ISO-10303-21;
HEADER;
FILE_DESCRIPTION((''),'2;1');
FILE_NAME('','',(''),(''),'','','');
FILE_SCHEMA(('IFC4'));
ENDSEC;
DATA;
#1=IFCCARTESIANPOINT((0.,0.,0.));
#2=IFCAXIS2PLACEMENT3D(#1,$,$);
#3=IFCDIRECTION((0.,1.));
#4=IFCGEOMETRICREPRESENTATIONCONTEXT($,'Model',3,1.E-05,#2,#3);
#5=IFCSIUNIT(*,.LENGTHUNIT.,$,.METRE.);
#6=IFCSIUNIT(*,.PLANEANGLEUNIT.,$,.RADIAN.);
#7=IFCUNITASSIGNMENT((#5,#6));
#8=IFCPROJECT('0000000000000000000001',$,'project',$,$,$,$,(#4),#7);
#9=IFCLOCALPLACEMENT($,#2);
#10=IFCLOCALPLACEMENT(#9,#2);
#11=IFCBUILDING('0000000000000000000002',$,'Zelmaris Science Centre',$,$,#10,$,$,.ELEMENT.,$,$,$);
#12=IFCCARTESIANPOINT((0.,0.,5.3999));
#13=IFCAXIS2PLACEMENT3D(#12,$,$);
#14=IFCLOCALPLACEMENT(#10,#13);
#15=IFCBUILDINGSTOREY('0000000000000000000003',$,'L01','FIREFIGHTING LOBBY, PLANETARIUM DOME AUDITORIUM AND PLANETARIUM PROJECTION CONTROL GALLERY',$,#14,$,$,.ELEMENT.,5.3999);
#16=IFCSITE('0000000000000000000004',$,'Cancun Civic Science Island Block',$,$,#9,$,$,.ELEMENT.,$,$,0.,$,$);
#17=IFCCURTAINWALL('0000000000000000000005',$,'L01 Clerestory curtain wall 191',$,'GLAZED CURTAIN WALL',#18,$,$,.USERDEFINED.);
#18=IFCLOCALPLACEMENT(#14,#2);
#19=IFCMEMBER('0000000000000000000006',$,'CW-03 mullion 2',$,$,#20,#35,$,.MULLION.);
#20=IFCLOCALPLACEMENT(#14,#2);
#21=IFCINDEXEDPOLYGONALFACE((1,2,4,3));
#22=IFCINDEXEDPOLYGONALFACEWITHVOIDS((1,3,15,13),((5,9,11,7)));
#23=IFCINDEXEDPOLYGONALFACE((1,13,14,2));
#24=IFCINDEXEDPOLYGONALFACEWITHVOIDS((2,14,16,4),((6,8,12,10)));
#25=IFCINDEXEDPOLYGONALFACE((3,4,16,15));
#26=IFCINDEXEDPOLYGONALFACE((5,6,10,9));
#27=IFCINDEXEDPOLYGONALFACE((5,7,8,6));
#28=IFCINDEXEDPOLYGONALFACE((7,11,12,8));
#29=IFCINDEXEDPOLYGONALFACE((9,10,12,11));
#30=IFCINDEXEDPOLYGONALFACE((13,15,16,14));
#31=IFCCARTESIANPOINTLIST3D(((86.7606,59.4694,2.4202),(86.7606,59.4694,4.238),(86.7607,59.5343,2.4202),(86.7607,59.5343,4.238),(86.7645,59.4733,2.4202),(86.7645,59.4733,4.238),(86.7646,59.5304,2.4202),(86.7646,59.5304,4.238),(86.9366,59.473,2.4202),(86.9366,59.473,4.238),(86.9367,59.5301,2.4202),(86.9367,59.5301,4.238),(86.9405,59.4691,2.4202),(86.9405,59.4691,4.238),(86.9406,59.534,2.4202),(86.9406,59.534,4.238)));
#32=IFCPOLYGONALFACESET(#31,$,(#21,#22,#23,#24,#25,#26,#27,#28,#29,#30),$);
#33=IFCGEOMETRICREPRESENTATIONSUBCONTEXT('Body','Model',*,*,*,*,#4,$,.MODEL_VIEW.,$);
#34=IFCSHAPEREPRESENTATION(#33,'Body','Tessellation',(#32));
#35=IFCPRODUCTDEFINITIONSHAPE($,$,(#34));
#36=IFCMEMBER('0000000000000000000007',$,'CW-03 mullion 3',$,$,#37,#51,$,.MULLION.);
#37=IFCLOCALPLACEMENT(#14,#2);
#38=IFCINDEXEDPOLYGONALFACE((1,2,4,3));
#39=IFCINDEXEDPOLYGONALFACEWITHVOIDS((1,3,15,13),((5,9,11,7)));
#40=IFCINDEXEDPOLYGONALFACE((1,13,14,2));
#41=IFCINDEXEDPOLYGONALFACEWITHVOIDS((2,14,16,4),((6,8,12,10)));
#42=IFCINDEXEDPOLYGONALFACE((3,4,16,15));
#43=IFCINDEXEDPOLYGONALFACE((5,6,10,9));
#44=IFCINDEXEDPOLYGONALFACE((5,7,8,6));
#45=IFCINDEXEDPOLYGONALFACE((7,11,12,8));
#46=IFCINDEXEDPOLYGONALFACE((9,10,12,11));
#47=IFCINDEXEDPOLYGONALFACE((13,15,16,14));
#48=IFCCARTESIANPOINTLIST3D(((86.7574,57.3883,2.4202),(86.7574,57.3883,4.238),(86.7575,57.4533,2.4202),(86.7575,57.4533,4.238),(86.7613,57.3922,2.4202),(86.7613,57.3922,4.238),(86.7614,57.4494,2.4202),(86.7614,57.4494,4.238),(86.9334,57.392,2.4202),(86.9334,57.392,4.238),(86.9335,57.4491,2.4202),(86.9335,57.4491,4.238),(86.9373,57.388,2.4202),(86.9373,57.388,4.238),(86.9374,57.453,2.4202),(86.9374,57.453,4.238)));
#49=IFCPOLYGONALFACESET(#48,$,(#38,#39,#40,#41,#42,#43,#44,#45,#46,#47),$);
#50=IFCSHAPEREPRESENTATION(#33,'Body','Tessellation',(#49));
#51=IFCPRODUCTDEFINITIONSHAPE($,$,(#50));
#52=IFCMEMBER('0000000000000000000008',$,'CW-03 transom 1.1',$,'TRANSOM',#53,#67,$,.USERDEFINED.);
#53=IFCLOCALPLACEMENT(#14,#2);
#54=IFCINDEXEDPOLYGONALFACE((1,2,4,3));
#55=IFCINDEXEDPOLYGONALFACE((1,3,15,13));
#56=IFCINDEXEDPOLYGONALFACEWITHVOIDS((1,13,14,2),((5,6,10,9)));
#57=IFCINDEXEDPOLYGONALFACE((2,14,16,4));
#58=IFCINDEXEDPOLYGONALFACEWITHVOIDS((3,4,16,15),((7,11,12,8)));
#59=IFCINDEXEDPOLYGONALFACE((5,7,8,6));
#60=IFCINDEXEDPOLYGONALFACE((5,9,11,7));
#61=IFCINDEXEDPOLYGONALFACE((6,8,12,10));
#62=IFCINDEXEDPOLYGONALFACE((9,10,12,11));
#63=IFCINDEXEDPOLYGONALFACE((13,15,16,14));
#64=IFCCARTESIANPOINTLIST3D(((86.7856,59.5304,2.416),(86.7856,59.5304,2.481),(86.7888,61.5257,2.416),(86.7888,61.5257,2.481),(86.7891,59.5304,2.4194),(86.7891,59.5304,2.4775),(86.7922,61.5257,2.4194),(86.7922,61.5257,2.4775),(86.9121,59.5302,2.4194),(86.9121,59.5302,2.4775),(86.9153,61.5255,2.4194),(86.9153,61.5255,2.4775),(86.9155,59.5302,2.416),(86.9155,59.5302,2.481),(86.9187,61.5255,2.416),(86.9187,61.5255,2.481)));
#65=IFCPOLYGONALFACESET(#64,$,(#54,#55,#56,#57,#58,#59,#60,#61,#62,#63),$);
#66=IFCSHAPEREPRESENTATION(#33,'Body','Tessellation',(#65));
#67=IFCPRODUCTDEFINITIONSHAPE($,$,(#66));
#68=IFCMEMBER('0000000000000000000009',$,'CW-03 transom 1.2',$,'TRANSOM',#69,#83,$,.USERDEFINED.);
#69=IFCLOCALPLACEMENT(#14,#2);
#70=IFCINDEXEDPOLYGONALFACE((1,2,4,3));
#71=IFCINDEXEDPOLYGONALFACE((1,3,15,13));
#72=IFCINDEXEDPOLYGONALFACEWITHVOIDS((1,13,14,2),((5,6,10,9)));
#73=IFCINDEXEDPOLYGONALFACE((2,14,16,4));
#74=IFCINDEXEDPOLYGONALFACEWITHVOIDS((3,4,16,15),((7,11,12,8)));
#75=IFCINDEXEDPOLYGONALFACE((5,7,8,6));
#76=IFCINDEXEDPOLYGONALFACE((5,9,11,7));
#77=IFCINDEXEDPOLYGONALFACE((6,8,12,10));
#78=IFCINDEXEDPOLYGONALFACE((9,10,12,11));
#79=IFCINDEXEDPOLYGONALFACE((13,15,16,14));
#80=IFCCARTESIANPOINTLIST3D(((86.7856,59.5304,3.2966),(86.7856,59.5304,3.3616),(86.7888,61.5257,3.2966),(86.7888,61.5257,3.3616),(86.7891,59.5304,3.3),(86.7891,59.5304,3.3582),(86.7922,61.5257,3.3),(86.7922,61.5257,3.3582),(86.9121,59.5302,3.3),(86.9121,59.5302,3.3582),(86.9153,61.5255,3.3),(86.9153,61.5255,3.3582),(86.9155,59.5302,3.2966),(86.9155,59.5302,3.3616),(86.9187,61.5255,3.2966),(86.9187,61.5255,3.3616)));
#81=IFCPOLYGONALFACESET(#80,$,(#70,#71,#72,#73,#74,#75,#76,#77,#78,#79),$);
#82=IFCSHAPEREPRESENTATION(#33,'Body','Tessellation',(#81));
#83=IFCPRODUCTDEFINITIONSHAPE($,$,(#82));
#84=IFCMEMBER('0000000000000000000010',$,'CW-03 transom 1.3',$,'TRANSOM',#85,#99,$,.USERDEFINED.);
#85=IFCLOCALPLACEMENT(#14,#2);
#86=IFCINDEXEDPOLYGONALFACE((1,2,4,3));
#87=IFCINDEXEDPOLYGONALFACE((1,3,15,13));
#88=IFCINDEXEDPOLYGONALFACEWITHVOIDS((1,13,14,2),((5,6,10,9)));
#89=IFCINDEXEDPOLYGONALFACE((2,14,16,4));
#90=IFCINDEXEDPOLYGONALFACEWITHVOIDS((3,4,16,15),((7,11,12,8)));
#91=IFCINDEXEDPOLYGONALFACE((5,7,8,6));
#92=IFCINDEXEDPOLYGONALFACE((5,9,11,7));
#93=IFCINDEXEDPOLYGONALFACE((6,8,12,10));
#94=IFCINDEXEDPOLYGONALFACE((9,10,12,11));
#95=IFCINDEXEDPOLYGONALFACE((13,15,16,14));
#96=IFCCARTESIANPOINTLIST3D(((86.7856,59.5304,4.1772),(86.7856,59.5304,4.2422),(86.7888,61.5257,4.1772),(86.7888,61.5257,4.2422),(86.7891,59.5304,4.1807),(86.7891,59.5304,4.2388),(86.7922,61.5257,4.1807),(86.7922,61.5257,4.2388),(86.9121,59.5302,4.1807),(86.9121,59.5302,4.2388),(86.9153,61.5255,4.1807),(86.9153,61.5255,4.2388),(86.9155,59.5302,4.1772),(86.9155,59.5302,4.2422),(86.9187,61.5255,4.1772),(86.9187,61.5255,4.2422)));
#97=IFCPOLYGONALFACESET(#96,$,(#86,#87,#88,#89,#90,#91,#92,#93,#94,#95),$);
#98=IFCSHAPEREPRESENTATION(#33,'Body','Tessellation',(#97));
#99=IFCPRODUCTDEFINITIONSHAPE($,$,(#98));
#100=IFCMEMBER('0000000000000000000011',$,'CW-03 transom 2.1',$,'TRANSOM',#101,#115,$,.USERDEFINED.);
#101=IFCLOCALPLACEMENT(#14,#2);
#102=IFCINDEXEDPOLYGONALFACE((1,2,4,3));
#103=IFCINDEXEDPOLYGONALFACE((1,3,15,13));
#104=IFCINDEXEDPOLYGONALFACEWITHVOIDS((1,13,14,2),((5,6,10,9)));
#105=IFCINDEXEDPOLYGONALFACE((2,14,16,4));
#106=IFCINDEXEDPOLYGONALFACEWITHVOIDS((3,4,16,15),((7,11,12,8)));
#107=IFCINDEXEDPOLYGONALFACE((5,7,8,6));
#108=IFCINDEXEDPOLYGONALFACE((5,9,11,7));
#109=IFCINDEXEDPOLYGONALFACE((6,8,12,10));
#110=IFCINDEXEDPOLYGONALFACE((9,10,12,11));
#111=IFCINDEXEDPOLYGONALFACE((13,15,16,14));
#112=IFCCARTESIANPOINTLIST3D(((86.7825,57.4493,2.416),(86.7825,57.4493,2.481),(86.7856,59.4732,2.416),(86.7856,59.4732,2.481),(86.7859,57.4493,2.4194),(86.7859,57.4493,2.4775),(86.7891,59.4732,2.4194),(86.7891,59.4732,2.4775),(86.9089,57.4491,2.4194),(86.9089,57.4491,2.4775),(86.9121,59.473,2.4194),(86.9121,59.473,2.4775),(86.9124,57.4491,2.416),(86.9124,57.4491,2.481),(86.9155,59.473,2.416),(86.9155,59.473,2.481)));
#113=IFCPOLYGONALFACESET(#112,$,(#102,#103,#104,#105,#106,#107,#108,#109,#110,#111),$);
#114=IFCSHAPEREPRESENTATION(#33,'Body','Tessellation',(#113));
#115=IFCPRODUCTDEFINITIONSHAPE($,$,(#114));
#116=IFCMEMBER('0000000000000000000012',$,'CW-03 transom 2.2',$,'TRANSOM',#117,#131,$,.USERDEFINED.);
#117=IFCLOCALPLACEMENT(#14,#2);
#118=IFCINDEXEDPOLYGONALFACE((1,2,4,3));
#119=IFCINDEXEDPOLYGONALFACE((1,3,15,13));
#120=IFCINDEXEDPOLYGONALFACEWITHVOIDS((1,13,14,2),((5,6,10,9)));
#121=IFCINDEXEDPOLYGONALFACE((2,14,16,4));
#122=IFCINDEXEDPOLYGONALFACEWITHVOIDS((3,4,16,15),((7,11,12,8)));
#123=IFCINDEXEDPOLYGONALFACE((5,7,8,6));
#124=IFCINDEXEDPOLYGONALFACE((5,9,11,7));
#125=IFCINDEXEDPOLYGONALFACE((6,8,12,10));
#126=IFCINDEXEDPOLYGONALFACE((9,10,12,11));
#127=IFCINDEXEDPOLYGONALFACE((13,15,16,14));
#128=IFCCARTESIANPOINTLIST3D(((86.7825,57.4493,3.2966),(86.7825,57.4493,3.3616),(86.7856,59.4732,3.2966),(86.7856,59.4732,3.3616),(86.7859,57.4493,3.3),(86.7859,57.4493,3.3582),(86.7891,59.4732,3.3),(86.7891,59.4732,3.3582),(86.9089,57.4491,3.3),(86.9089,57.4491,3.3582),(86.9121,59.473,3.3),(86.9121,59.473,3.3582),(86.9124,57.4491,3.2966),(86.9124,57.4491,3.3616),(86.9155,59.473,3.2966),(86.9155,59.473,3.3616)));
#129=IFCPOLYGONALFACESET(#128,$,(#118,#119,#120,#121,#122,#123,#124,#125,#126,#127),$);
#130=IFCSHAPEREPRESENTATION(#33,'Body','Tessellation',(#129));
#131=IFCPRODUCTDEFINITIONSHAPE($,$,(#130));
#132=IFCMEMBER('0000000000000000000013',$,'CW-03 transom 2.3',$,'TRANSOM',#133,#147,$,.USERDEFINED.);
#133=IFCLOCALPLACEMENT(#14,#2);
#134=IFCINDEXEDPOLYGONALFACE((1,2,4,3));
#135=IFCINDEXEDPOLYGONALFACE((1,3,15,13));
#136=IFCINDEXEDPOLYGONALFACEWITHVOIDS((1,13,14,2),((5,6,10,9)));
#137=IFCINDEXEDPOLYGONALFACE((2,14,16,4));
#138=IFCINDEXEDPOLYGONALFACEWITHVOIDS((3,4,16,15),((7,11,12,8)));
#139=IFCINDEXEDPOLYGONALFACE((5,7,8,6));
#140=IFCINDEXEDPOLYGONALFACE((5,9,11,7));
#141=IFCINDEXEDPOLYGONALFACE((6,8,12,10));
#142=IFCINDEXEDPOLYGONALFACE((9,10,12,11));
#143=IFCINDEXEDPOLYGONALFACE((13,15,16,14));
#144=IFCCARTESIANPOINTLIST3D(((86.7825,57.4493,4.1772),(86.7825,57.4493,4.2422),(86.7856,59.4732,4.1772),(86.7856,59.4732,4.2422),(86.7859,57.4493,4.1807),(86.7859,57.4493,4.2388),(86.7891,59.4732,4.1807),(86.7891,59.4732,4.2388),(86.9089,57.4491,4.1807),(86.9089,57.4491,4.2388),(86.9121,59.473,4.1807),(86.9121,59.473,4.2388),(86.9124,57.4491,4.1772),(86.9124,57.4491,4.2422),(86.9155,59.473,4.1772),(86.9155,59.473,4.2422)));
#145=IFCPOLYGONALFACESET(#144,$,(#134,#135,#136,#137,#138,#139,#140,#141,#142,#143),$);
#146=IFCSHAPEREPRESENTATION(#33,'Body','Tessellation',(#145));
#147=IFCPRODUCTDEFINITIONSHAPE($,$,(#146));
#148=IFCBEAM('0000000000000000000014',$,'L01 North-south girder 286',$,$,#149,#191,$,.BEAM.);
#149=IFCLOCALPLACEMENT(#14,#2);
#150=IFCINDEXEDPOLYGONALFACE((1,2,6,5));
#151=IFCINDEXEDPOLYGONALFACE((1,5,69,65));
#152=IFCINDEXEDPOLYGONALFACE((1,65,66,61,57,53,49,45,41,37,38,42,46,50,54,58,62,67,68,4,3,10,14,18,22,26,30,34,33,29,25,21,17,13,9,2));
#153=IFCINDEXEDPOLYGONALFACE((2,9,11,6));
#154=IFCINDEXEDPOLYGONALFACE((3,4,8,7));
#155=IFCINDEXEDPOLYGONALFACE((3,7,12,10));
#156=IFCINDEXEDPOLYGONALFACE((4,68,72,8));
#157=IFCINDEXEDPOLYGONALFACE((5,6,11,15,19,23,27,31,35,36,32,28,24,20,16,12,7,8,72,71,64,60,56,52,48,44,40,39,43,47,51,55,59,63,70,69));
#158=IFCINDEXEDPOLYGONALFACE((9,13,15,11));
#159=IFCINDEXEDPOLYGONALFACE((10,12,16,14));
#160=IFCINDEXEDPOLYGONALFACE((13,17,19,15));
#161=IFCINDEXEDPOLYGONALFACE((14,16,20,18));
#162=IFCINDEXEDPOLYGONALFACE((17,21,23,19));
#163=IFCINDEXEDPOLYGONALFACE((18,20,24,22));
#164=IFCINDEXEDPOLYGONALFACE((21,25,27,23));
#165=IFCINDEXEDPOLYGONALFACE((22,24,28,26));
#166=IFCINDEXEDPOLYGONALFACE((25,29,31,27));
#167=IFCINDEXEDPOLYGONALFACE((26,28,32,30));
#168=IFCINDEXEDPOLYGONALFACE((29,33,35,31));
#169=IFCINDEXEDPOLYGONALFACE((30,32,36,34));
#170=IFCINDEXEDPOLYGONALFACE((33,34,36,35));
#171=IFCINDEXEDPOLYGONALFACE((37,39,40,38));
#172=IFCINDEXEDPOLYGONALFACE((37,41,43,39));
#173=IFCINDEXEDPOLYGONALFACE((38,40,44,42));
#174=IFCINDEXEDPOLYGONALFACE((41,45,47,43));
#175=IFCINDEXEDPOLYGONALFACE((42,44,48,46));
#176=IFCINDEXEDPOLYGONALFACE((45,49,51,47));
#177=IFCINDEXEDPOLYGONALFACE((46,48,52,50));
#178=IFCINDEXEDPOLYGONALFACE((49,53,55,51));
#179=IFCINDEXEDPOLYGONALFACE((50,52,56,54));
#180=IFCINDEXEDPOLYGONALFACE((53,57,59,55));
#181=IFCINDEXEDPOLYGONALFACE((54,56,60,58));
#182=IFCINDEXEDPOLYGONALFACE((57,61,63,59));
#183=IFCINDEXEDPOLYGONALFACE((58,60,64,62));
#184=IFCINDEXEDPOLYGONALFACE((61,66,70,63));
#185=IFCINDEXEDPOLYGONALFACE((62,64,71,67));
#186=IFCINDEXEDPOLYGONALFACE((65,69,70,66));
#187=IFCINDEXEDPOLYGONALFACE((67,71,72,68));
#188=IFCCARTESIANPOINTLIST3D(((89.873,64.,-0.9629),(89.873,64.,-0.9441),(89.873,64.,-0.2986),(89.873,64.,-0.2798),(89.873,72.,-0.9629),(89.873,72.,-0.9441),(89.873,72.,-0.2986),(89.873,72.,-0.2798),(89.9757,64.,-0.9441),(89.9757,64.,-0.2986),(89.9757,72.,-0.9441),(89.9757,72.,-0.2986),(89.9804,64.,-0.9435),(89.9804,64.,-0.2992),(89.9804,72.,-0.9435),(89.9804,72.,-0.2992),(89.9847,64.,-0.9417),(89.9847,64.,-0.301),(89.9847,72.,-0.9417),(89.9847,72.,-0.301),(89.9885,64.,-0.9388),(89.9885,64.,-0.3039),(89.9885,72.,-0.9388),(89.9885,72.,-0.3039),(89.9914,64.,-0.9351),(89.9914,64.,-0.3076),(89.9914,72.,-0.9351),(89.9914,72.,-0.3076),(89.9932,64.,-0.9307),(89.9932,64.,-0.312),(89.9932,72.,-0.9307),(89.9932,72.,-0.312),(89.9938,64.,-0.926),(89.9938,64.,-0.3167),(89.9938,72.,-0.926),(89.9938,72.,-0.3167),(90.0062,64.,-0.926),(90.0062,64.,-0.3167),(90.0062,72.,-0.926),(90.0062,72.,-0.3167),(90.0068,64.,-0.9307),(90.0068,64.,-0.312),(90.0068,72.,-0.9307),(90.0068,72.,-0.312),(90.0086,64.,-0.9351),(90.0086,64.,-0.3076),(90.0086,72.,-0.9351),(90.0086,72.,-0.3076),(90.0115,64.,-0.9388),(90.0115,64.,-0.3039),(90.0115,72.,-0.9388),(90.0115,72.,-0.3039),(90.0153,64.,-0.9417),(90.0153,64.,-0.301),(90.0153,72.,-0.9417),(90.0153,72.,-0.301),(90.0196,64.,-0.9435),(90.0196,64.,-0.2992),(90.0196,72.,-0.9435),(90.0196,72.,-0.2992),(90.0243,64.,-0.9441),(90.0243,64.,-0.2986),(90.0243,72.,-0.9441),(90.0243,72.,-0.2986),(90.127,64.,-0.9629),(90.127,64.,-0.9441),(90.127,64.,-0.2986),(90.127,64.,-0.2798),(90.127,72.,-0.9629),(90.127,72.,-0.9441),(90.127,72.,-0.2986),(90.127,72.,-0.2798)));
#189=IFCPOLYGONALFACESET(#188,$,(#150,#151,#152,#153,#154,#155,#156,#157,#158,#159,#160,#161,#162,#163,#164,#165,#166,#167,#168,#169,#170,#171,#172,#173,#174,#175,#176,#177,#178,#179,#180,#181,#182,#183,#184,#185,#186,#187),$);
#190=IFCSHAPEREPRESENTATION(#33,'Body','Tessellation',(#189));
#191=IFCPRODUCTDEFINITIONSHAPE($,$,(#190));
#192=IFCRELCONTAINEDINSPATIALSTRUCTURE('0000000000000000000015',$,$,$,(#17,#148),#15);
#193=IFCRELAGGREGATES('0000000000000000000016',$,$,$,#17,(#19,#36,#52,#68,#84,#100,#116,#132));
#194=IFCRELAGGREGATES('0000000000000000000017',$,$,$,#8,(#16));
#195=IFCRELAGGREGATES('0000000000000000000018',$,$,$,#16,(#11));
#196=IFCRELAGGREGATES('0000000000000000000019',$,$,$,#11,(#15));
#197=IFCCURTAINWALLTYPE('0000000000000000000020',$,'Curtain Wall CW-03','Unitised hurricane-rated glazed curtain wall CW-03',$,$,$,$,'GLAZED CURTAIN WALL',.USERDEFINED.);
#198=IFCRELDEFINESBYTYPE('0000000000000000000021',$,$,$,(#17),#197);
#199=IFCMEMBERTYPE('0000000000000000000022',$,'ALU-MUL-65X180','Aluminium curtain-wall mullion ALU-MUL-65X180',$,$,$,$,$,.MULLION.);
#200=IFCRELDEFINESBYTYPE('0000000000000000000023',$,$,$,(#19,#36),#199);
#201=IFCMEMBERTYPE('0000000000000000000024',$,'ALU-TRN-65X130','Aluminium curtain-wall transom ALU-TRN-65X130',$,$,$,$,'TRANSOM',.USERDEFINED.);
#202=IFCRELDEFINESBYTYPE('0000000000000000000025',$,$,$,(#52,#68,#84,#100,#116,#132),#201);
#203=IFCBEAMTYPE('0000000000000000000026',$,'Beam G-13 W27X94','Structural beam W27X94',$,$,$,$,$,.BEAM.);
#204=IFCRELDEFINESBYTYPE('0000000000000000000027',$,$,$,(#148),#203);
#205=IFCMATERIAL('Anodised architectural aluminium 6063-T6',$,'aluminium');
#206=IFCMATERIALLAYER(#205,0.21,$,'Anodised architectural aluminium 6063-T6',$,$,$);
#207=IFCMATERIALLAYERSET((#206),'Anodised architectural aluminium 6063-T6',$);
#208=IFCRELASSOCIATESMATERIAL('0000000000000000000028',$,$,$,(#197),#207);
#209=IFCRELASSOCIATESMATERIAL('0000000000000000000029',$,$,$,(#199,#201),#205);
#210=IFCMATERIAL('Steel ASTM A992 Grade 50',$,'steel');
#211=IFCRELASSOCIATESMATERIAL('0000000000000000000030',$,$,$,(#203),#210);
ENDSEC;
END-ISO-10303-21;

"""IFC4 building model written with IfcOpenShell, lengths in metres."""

from ifc_helpers import new_model, si_unit, direction, frame, origin, origin_2d, place, context, subcontext, project, spatial, hollow_rectangle, i_section, extrude, material, layer, layer_set, material_profile, profile_set, type_object, element, aggregate, save


model = new_model("IFC4")

# Units and contexts
model_context = context("Model", 3, precision=1e-05, world=origin(), true_north=direction((0.0, 1.0)))
body_context = subcontext(model_context, "Body", "Model", "MODEL_VIEW")
ifc_project = project(units=[si_unit("LENGTHUNIT", "METRE"), si_unit("PLANEANGLEUNIT", "RADIAN")], contexts=[model_context])

# Site, building, storey
site_placement = place(None, origin())
site = spatial("IfcSite", under=ifc_project, at=site_placement, Name="Cancun Civic Science Island Block", CompositionType="ELEMENT", RefElevation=0.0)
building_placement = place(site_placement, origin())
building = spatial("IfcBuilding", under=site, at=building_placement, Name="Zelmaris Science Centre", CompositionType="ELEMENT")
storey_placement = place(building_placement, frame((0.0, 0.0, 5.3999)))
storey = spatial("IfcBuildingStorey", under=building, at=storey_placement, Name="L01", Description="FIREFIGHTING LOBBY, PLANETARIUM DOME AUDITORIUM AND PLANETARIUM PROJECTION CONTROL GALLERY", CompositionType="ELEMENT", Elevation=5.3999)

# Shared definitions
ifc_material_1 = material(Name="Steel ASTM A992 Grade 50", Category="steel")

# Curtain wall, members
ifc_material_2 = material(Name="Anodised architectural aluminium 6063-T6", Category="aluminium")
ifc_layer_1 = layer(ifc_material_2, 0.21, Name="Anodised architectural aluminium 6063-T6")
ifc_layer_set_1 = layer_set([ifc_layer_1], Name="Anodised architectural aluminium 6063-T6")
curtain_wall_type = type_object("IfcCurtainWallType", Name="Curtain Wall CW-03", Description="Unitised hurricane-rated glazed curtain wall CW-03", ElementType="GLAZED CURTAIN WALL", PredefinedType="USERDEFINED", material=ifc_layer_set_1)
curtain_wall_placement = place(storey_placement, origin())
curtain_wall = element("IfcCurtainWall", 1, at=curtain_wall_placement, inside=storey, type_object=curtain_wall_type, Name="L01 Clerestory curtain wall 191", ObjectType="GLAZED CURTAIN WALL", PredefinedType="USERDEFINED")
ifc_material_profile_1 = material_profile(ifc_material_2, hollow_rectangle(XDim=0.0649, YDim=0.1799, WallThickness=0.0039, at=origin_2d()), Name="ALU-MUL-65X180")
ifc_profile_set_1 = profile_set([ifc_material_profile_1], Name="Anodised architectural aluminium 6063-T6")
member_type_1 = type_object("IfcMemberType", Name="ALU-MUL-65X180", Description="Aluminium curtain-wall mullion ALU-MUL-65X180", PredefinedType="MULLION", material=ifc_profile_set_1)
member_1_placement = place(storey_placement, frame((86.8506, 59.5017, 2.4202), z_axis=(0.0, 0.0, 1.0), x_axis=(-0.001566, -0.999999, 0.0)))
member_1 = element("IfcMember", 2, at=member_1_placement, type_object=member_type_1, Name="CW-03 mullion 2", PredefinedType="MULLION", context=body_context, shape_type="SweptSolid", body=[
    extrude(hollow_rectangle(XDim=0.0649, YDim=0.1799, WallThickness=0.0039, at=origin_2d()), origin(), (0.0, 0.0, 1.0), 1.8179),
])
member_2_placement = place(storey_placement, frame((86.8474, 57.4207, 2.4202), z_axis=(0.0, 0.0, 1.0), x_axis=(-0.001566, -0.999999, 0.0)))
member_2 = element("IfcMember", 3, at=member_2_placement, type_object=member_type_1, Name="CW-03 mullion 3", PredefinedType="MULLION", context=body_context, shape_type="SweptSolid", body=[
    extrude(hollow_rectangle(XDim=0.0649, YDim=0.1799, WallThickness=0.0039, at=origin_2d()), origin(), (0.0, 0.0, 1.0), 1.8179),
])
ifc_material_profile_2 = material_profile(ifc_material_2, hollow_rectangle(XDim=0.0649, YDim=0.1299, WallThickness=0.0034, at=origin_2d()), Name="ALU-TRN-65X130")
ifc_profile_set_2 = profile_set([ifc_material_profile_2], Name="Anodised architectural aluminium 6063-T6")
member_type_2 = type_object("IfcMemberType", Name="ALU-TRN-65X130", Description="Aluminium curtain-wall transom ALU-TRN-65X130", ElementType="TRANSOM", PredefinedType="USERDEFINED", material=ifc_profile_set_2)
member_3_placement = place(storey_placement, frame((86.8538, 61.5256, 2.4485), z_axis=(-0.001591, -0.999999, 0.0), x_axis=(0.0, 0.0, 1.0)))
member_3 = element("IfcMember", 4, at=member_3_placement, type_object=member_type_2, Name="CW-03 transom 1.1", ObjectType="TRANSOM", PredefinedType="USERDEFINED", context=body_context, shape_type="SweptSolid", body=[
    extrude(hollow_rectangle(XDim=0.0649, YDim=0.1299, WallThickness=0.0034, at=origin_2d()), origin(), (0.0, 0.0, 1.0), 1.9954),
])
member_4_placement = place(storey_placement, frame((86.8538, 61.5256, 3.3291), z_axis=(-0.001591, -0.999999, 0.0), x_axis=(0.0, 0.0, 1.0)))
member_4 = element("IfcMember", 5, at=member_4_placement, type_object=member_type_2, Name="CW-03 transom 1.2", ObjectType="TRANSOM", PredefinedType="USERDEFINED", context=body_context, shape_type="SweptSolid", body=[
    extrude(hollow_rectangle(XDim=0.0649, YDim=0.1299, WallThickness=0.0034, at=origin_2d()), origin(), (0.0, 0.0, 1.0), 1.9954),
])
member_5_placement = place(storey_placement, frame((86.8538, 61.5256, 4.2097), z_axis=(-0.001591, -0.999999, 0.0), x_axis=(0.0, 0.0, 1.0)))
member_5 = element("IfcMember", 6, at=member_5_placement, type_object=member_type_2, Name="CW-03 transom 1.3", ObjectType="TRANSOM", PredefinedType="USERDEFINED", context=body_context, shape_type="SweptSolid", body=[
    extrude(hollow_rectangle(XDim=0.0649, YDim=0.1299, WallThickness=0.0034, at=origin_2d()), origin(), (0.0, 0.0, 1.0), 1.9954),
])
member_6_placement = place(storey_placement, frame((86.8506, 59.4731, 2.4485), z_axis=(-0.001568, -0.999999, 0.0), x_axis=(0.0, 0.0, 1.0)))
member_6 = element("IfcMember", 7, at=member_6_placement, type_object=member_type_2, Name="CW-03 transom 2.1", ObjectType="TRANSOM", PredefinedType="USERDEFINED", context=body_context, shape_type="SweptSolid", body=[
    extrude(hollow_rectangle(XDim=0.0649, YDim=0.1299, WallThickness=0.0034, at=origin_2d()), origin(), (0.0, 0.0, 1.0), 2.0239),
])
member_7_placement = place(storey_placement, frame((86.8506, 59.4731, 3.3291), z_axis=(-0.001568, -0.999999, 0.0), x_axis=(0.0, 0.0, 1.0)))
member_7 = element("IfcMember", 8, at=member_7_placement, type_object=member_type_2, Name="CW-03 transom 2.2", ObjectType="TRANSOM", PredefinedType="USERDEFINED", context=body_context, shape_type="SweptSolid", body=[
    extrude(hollow_rectangle(XDim=0.0649, YDim=0.1299, WallThickness=0.0034, at=origin_2d()), origin(), (0.0, 0.0, 1.0), 2.0239),
])
member_8_placement = place(storey_placement, frame((86.8506, 59.4731, 4.2097), z_axis=(-0.001568, -0.999999, 0.0), x_axis=(0.0, 0.0, 1.0)))
member_8 = element("IfcMember", 9, at=member_8_placement, type_object=member_type_2, Name="CW-03 transom 2.3", ObjectType="TRANSOM", PredefinedType="USERDEFINED", context=body_context, shape_type="SweptSolid", body=[
    extrude(hollow_rectangle(XDim=0.0649, YDim=0.1299, WallThickness=0.0034, at=origin_2d()), origin(), (0.0, 0.0, 1.0), 2.0239),
])

# Beam
ifc_material_profile_3 = material_profile(ifc_material_1, i_section(OverallWidth=0.2539, OverallDepth=0.6831, WebThickness=0.0125, FlangeThickness=0.0188, FilletRadius=0.0181, at=origin_2d()), Name="W27X94")
ifc_profile_set_3 = profile_set([ifc_material_profile_3], Name="Steel ASTM A992 Grade 50")
beam_type_1 = type_object("IfcBeamType", Name="Beam G-13 W27X94", Description="Structural beam W27X94", PredefinedType="BEAM", material=ifc_profile_set_3)
beam_1_placement = place(storey_placement, frame((90.0, 64.0, -0.6213), z_axis=(0.0, 1.0, 0.0), x_axis=(-1.0, 0.0, 0.0)))
element("IfcBeam", 10, at=beam_1_placement, inside=storey, type_object=beam_type_1, Name="L01 North-south girder 286", PredefinedType="BEAM", context=body_context, shape_type="SweptSolid", body=[
    extrude(i_section(OverallWidth=0.2539, OverallDepth=0.6831, WebThickness=0.0125, FlangeThickness=0.0188, FilletRadius=0.0181, at=origin_2d()), origin(), (0.0, 0.0, 1.0), 8.0),
])

aggregate(curtain_wall, [member_1, member_2, member_3, member_4, member_5, member_6, member_7, member_8])

save(model, "model.ifc")
